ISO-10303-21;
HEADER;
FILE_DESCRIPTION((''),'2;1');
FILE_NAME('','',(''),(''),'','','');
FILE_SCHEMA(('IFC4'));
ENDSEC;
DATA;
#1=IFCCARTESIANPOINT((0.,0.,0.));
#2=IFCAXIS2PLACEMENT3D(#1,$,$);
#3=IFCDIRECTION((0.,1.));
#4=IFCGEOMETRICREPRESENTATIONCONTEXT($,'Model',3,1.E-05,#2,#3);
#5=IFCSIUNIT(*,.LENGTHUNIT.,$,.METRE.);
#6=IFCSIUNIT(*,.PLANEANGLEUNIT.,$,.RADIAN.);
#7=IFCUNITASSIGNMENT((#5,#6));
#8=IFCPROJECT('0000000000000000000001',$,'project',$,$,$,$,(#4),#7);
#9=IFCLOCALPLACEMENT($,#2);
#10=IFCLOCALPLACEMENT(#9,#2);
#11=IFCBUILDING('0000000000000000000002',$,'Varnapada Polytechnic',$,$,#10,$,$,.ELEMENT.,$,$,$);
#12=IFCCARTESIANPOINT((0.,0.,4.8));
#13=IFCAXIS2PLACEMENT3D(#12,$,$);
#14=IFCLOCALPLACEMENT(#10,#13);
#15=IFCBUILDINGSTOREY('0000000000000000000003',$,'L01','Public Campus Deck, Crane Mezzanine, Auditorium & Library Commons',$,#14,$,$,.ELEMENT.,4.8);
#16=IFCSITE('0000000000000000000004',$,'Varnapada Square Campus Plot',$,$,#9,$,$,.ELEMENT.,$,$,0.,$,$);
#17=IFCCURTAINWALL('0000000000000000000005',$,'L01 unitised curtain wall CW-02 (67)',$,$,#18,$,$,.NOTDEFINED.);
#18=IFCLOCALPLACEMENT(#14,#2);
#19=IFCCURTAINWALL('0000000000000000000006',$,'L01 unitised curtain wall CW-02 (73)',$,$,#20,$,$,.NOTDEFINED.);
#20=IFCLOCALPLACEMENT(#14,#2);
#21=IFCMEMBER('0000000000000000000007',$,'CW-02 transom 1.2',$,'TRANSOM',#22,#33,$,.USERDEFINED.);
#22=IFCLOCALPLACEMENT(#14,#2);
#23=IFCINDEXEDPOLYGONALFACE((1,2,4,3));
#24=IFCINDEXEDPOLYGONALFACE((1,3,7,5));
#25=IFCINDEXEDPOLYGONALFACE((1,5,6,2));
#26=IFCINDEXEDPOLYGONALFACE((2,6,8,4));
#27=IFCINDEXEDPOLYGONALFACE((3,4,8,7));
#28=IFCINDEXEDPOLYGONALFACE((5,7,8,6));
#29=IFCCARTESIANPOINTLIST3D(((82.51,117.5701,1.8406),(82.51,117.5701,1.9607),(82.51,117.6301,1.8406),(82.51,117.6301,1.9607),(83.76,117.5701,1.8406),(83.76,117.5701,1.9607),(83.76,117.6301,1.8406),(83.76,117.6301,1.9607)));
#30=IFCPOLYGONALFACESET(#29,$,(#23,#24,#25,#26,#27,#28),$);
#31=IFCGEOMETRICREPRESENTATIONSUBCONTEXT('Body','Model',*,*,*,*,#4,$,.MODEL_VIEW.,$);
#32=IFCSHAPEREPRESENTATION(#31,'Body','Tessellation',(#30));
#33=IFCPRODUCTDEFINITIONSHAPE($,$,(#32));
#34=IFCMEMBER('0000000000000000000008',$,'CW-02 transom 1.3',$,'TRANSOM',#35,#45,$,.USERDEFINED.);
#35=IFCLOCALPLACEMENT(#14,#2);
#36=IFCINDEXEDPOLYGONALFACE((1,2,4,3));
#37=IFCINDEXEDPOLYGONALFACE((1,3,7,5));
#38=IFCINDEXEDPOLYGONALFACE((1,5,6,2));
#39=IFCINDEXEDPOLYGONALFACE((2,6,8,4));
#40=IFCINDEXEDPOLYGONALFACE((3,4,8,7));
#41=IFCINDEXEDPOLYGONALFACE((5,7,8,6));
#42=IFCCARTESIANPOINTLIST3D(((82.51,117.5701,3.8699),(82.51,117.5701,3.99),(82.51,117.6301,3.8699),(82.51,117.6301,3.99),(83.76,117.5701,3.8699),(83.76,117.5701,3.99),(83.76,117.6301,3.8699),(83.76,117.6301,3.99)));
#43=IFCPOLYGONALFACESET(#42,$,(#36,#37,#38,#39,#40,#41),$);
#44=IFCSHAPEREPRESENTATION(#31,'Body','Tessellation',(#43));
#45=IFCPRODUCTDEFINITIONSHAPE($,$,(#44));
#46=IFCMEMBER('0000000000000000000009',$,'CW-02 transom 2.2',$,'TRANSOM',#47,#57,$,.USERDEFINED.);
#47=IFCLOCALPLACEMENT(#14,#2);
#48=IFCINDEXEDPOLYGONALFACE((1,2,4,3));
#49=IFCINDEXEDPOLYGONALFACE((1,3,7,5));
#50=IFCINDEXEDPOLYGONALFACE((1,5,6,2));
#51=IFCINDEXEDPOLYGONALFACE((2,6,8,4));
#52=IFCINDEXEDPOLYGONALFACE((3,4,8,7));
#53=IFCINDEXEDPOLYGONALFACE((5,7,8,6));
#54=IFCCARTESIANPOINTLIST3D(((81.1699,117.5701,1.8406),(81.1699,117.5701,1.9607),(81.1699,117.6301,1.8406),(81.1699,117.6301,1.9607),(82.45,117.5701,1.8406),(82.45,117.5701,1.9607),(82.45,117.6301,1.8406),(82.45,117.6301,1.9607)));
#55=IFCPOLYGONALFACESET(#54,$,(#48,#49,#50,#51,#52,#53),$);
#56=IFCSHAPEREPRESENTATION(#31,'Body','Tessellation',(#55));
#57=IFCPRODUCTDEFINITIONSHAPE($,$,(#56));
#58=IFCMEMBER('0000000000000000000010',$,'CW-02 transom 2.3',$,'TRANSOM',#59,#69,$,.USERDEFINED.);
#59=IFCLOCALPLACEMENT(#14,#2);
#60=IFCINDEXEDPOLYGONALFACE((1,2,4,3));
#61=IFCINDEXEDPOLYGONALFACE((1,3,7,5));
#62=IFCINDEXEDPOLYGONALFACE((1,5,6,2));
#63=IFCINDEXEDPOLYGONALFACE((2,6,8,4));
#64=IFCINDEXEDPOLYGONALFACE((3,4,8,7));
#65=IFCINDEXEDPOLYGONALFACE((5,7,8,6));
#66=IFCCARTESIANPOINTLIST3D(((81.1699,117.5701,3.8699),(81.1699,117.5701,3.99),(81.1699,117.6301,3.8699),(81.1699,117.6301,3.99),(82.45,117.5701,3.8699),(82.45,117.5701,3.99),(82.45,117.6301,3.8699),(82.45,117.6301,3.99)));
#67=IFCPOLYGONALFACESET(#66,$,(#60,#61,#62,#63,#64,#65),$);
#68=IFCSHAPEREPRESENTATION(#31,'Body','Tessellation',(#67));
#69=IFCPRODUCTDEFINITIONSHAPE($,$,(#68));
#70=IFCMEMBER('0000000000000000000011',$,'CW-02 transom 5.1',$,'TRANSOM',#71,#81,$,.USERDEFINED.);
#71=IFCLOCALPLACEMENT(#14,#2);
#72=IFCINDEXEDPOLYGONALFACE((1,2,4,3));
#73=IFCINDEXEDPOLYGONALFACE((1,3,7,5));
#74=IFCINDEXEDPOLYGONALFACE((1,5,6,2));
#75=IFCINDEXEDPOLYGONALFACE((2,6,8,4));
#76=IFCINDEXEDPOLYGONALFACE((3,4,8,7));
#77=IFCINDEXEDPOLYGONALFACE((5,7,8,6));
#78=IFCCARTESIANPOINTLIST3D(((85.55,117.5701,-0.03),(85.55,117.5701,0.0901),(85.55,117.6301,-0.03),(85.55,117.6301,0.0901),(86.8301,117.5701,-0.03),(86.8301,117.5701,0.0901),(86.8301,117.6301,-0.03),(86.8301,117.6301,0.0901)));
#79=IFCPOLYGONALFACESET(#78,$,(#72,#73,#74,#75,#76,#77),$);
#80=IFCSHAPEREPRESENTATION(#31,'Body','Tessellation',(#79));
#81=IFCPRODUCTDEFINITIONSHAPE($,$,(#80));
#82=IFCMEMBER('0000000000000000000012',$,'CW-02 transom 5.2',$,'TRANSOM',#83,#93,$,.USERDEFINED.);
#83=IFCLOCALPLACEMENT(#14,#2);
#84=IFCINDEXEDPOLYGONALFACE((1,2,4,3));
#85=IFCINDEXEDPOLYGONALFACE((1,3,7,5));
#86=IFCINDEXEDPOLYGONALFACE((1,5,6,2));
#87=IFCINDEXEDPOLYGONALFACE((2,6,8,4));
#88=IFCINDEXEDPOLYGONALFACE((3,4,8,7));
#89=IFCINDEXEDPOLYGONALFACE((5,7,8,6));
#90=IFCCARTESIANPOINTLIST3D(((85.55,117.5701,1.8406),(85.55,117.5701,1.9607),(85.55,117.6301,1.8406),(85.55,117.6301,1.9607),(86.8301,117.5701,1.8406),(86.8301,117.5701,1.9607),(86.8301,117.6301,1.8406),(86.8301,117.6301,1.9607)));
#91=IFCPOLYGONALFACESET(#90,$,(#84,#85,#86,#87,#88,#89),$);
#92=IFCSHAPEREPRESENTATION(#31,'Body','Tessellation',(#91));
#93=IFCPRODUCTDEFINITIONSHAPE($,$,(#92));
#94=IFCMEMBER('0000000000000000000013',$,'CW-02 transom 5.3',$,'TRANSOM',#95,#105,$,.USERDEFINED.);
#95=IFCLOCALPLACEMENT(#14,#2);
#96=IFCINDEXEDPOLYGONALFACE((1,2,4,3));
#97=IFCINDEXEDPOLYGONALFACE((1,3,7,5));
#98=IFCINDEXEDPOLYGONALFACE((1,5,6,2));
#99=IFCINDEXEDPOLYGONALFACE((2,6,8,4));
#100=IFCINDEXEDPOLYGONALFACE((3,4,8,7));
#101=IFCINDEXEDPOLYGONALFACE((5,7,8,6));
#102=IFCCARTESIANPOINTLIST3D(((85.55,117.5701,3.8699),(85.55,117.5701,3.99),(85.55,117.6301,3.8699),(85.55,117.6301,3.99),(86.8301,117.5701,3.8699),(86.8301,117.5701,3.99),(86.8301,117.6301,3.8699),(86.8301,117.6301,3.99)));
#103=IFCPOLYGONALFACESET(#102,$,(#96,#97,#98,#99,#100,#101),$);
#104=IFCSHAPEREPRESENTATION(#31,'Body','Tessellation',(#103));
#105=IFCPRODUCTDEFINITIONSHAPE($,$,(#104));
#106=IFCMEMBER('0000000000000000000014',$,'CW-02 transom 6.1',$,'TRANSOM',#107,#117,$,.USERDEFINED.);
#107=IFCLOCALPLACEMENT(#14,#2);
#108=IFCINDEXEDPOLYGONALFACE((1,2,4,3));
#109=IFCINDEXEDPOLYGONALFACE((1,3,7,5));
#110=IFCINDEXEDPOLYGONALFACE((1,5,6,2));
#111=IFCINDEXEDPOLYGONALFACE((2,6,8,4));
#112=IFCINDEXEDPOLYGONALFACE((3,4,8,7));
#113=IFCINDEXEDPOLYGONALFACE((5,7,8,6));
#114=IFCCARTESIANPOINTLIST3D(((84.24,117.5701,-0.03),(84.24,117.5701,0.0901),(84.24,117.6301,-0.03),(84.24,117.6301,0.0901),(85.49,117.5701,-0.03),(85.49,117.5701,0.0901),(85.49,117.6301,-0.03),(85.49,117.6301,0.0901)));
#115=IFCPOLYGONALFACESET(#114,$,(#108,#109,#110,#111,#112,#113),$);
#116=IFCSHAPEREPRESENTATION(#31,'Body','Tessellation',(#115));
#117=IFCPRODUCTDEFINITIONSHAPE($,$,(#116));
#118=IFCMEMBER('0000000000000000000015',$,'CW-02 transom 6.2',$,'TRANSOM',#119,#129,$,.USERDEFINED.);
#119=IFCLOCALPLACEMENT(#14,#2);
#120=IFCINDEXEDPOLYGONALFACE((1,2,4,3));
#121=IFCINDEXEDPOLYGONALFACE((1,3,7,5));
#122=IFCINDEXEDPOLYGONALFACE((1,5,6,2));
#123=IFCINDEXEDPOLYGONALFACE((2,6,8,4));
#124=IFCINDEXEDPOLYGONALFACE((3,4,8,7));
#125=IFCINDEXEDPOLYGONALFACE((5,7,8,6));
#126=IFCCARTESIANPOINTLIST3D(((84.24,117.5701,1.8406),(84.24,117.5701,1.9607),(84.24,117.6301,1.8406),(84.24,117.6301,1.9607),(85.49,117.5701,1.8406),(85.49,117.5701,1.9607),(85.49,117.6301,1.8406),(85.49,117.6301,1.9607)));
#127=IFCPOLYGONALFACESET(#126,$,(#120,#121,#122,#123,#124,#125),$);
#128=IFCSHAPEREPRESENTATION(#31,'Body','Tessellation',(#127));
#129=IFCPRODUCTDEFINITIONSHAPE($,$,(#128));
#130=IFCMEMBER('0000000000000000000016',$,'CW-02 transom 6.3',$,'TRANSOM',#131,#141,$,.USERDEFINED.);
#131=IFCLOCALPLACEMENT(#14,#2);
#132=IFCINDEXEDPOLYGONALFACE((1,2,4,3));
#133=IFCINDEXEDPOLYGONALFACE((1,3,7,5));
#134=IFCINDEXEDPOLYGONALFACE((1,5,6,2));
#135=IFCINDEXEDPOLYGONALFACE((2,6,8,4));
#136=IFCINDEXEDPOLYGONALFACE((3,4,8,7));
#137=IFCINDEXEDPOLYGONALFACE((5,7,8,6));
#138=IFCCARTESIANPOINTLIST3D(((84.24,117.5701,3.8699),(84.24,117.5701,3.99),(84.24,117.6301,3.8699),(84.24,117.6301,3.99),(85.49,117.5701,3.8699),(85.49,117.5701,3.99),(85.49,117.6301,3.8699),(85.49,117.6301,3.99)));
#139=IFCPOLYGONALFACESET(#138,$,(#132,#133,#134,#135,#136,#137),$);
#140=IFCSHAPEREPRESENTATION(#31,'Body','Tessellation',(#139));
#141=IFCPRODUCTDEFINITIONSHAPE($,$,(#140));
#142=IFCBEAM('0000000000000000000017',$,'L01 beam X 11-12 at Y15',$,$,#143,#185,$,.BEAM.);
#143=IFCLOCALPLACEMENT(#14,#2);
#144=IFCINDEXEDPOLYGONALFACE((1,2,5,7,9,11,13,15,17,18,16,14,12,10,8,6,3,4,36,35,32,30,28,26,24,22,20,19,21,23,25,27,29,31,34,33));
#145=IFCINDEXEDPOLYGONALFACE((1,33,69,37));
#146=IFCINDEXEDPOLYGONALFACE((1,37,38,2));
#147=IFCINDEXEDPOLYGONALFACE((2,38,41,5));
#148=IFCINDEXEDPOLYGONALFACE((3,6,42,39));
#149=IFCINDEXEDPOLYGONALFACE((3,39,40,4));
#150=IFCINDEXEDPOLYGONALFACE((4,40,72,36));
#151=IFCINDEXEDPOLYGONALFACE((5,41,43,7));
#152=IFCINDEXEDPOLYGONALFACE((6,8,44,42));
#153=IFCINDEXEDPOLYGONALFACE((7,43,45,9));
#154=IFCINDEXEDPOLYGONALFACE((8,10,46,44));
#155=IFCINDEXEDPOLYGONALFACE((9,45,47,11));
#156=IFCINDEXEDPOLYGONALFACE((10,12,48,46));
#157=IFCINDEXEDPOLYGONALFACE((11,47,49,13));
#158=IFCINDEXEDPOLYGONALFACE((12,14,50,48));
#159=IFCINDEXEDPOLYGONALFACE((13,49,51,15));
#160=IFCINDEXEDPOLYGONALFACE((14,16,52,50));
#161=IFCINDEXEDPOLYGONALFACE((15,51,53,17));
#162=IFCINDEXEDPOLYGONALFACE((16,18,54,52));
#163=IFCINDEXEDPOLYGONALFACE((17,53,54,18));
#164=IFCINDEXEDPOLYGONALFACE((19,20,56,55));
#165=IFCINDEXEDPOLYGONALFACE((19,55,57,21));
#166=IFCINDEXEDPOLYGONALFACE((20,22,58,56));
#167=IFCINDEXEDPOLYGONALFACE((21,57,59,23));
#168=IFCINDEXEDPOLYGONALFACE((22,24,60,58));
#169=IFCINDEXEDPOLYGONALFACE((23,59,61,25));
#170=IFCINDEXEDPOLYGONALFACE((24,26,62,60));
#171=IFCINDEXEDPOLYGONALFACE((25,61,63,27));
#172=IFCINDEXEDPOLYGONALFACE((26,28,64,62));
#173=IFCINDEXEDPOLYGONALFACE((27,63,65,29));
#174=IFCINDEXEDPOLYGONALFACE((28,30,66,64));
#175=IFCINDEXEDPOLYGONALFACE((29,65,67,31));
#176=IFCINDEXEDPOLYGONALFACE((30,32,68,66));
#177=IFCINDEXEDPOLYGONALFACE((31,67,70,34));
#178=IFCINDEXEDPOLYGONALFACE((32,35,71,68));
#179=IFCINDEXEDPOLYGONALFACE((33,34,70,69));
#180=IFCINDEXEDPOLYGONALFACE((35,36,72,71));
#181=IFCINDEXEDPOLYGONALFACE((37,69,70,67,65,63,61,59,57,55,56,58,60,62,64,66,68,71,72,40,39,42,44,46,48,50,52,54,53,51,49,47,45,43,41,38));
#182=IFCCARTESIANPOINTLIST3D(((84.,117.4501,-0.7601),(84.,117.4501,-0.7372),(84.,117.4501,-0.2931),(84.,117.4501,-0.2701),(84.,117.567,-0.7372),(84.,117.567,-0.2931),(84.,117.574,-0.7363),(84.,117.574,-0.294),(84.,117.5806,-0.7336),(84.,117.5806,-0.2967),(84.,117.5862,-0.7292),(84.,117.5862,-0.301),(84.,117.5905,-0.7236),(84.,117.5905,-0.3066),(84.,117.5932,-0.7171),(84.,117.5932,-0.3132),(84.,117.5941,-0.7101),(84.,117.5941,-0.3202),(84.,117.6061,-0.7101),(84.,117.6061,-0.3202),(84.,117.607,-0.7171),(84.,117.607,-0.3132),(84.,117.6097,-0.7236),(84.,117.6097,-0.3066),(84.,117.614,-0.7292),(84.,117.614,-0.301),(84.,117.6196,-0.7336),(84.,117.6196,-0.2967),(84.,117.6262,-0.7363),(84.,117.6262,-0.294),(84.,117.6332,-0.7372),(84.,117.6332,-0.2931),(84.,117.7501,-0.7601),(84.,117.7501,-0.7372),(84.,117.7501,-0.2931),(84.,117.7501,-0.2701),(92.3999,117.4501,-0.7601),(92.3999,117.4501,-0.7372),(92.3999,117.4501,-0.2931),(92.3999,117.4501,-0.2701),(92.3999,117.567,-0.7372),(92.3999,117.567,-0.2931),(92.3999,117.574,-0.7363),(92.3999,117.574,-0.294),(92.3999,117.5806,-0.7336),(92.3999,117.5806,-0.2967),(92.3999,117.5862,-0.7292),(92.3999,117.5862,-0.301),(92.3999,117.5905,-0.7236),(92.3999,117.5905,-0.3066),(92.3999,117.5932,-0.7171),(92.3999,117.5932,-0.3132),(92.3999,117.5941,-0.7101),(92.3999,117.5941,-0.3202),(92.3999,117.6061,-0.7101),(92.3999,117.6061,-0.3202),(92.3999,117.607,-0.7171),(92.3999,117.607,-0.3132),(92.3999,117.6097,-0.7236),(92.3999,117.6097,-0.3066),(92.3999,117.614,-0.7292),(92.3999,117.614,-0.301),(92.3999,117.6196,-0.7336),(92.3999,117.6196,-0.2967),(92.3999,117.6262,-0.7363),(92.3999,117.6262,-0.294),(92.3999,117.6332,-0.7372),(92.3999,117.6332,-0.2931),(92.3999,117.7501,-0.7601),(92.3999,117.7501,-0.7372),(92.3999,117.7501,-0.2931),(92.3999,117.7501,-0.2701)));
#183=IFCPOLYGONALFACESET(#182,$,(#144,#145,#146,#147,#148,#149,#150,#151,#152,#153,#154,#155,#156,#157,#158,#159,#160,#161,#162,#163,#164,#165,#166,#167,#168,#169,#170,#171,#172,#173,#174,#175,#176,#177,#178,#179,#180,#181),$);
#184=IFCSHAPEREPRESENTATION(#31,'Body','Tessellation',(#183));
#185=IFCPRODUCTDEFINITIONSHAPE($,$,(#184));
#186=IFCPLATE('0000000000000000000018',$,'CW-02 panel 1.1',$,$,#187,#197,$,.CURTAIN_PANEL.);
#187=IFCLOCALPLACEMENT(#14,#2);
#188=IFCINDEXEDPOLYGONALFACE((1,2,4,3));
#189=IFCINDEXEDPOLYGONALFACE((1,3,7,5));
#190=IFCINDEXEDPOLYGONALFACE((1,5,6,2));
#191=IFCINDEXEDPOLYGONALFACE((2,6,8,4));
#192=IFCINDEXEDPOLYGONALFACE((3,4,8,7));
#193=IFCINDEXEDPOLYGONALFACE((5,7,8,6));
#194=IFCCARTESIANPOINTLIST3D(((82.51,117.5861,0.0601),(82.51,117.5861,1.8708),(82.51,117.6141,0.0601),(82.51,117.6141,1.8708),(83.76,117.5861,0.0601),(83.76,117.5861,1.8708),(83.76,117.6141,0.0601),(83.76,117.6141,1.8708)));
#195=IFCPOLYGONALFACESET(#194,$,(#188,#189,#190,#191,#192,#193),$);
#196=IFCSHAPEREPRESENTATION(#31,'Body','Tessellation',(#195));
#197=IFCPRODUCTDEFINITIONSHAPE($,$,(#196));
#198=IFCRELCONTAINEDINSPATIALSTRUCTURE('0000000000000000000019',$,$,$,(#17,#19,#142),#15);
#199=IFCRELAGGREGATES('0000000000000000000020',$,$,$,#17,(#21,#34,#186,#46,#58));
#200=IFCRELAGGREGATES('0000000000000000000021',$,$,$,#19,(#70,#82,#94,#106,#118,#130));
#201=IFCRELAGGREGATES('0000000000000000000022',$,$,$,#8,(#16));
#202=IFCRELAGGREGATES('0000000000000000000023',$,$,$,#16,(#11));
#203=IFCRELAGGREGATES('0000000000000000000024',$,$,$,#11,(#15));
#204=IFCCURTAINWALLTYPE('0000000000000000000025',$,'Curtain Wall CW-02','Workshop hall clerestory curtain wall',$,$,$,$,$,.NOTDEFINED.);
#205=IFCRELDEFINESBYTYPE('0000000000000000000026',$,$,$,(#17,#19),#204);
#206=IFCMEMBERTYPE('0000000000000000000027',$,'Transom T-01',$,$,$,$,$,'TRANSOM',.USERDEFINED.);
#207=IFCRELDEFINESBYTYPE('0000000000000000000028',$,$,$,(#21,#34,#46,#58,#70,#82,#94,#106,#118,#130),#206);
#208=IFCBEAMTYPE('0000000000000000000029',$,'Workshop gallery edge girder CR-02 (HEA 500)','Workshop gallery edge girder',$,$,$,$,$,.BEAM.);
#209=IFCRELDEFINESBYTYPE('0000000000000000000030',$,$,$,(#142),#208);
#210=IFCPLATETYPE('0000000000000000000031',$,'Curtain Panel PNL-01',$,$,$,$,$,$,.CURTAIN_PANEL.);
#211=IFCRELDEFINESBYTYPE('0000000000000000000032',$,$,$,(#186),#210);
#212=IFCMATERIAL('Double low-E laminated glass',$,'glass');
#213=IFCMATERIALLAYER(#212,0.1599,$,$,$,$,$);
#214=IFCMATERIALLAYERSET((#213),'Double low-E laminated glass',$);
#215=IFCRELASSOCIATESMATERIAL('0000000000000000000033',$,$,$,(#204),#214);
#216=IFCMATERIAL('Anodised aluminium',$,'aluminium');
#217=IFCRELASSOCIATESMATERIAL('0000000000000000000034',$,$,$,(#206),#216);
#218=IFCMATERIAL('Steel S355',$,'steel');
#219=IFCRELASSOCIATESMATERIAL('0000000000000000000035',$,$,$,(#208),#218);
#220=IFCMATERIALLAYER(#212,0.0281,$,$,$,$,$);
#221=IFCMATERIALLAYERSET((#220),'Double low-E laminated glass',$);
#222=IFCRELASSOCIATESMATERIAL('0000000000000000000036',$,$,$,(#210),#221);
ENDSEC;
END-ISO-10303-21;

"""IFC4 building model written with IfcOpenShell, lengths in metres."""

from ifc_helpers import new_model, si_unit, direction, frame, origin, origin_2d, place, context, subcontext, project, spatial, rectangle, i_section, extrude, material, layer, layer_set, material_profile, profile_set, type_object, element, aggregate, save


model = new_model("IFC4")

# Units and contexts
model_context = context("Model", 3, precision=1e-05, world=origin(), true_north=direction((0.0, 1.0)))
body_context = subcontext(model_context, "Body", "Model", "MODEL_VIEW")
ifc_project = project(units=[si_unit("LENGTHUNIT", "METRE"), si_unit("PLANEANGLEUNIT", "RADIAN")], contexts=[model_context])

# Site, building, storey
site_placement = place(None, origin())
site = spatial("IfcSite", under=ifc_project, at=site_placement, Name="Varnapada Square Campus Plot", CompositionType="ELEMENT", RefElevation=0.0)
building_placement = place(site_placement, origin())
building = spatial("IfcBuilding", under=site, at=building_placement, Name="Varnapada Polytechnic", CompositionType="ELEMENT")
storey_placement = place(building_placement, frame((0.0, 0.0, 4.8)))
storey = spatial("IfcBuildingStorey", under=building, at=storey_placement, Name="L01", Description="Public Campus Deck, Crane Mezzanine, Auditorium & Library Commons", CompositionType="ELEMENT", Elevation=4.8)

# Shared definitions
ifc_material_1 = material(Name="Steel S355", Category="steel")

# Curtain walls
ifc_material_2 = material(Name="Double low-E laminated glass", Category="glass")
ifc_layer_1 = layer(ifc_material_2, 0.1599)
ifc_layer_set_1 = layer_set([ifc_layer_1], Name="Double low-E laminated glass")
curtain_wall_type = type_object("IfcCurtainWallType", Name="Curtain Wall CW-02", Description="Workshop hall clerestory curtain wall", PredefinedType="NOTDEFINED", material=ifc_layer_set_1)
curtain_wall_1_placement = place(storey_placement, origin())
curtain_wall_1 = element("IfcCurtainWall", 1, at=curtain_wall_1_placement, inside=storey, type_object=curtain_wall_type, Name="L01 unitised curtain wall CW-02 (67)", PredefinedType="NOTDEFINED")
ifc_material_3 = material(Name="Anodised aluminium", Category="aluminium")
curtain_wall_2_placement = place(storey_placement, origin())
curtain_wall_2 = element("IfcCurtainWall", 2, at=curtain_wall_2_placement, inside=storey, type_object=curtain_wall_type, Name="L01 unitised curtain wall CW-02 (73)", PredefinedType="NOTDEFINED")

# Members
ifc_material_profile_1 = material_profile(ifc_material_3, rectangle(XDim=0.0601, YDim=0.1201, at=origin_2d()), Name="ALU T60x120")
ifc_profile_set_1 = profile_set([ifc_material_profile_1], Name="Anodised aluminium")
member_type_1 = type_object("IfcMemberType", Name="Transom T-01", ElementType="TRANSOM", PredefinedType="USERDEFINED", material=ifc_profile_set_1)
member_1_placement = place(storey_placement, frame((83.76, 117.6001, 1.9006), z_axis=(-1.0, 0.0, 0.0), x_axis=(0.0, -1.0, 0.0)))
member_1 = element("IfcMember", 3, at=member_1_placement, type_object=member_type_1, Name="CW-02 transom 1.2", ObjectType="TRANSOM", PredefinedType="USERDEFINED", context=body_context, shape_type="SweptSolid", body=[
    extrude(rectangle(XDim=0.0601, YDim=0.1201, at=origin_2d()), origin(), (0.0, 0.0, 1.0), 1.25),
])
member_2_placement = place(storey_placement, frame((83.76, 117.6001, 3.9299), z_axis=(-1.0, 0.0, 0.0), x_axis=(0.0, -1.0, 0.0)))
member_2 = element("IfcMember", 4, at=member_2_placement, type_object=member_type_1, Name="CW-02 transom 1.3", ObjectType="TRANSOM", PredefinedType="USERDEFINED", context=body_context, shape_type="SweptSolid", body=[
    extrude(rectangle(XDim=0.0601, YDim=0.1201, at=origin_2d()), origin(), (0.0, 0.0, 1.0), 1.25),
])
member_3_placement = place(storey_placement, frame((82.45, 117.6001, 1.9006), z_axis=(-1.0, 0.0, 0.0), x_axis=(0.0, -1.0, 0.0)))
member_3 = element("IfcMember", 5, at=member_3_placement, type_object=member_type_1, Name="CW-02 transom 2.2", ObjectType="TRANSOM", PredefinedType="USERDEFINED", context=body_context, shape_type="SweptSolid", body=[
    extrude(rectangle(XDim=0.0601, YDim=0.1201, at=origin_2d()), origin(), (0.0, 0.0, 1.0), 1.28),
])
member_4_placement = place(storey_placement, frame((82.45, 117.6001, 3.9299), z_axis=(-1.0, 0.0, 0.0), x_axis=(0.0, -1.0, 0.0)))
member_4 = element("IfcMember", 6, at=member_4_placement, type_object=member_type_1, Name="CW-02 transom 2.3", ObjectType="TRANSOM", PredefinedType="USERDEFINED", context=body_context, shape_type="SweptSolid", body=[
    extrude(rectangle(XDim=0.0601, YDim=0.1201, at=origin_2d()), origin(), (0.0, 0.0, 1.0), 1.28),
])
member_5_placement = place(storey_placement, frame((86.8301, 117.6001, 0.03), z_axis=(-1.0, 0.0, 0.0), x_axis=(0.0, -1.0, 0.0)))
member_5 = element("IfcMember", 7, at=member_5_placement, type_object=member_type_1, Name="CW-02 transom 5.1", ObjectType="TRANSOM", PredefinedType="USERDEFINED", context=body_context, shape_type="SweptSolid", body=[
    extrude(rectangle(XDim=0.0601, YDim=0.1201, at=origin_2d()), origin(), (0.0, 0.0, 1.0), 1.28),
])
member_6_placement = place(storey_placement, frame((86.8301, 117.6001, 1.9006), z_axis=(-1.0, 0.0, 0.0), x_axis=(0.0, -1.0, 0.0)))
member_6 = element("IfcMember", 8, at=member_6_placement, type_object=member_type_1, Name="CW-02 transom 5.2", ObjectType="TRANSOM", PredefinedType="USERDEFINED", context=body_context, shape_type="SweptSolid", body=[
    extrude(rectangle(XDim=0.0601, YDim=0.1201, at=origin_2d()), origin(), (0.0, 0.0, 1.0), 1.28),
])
member_7_placement = place(storey_placement, frame((86.8301, 117.6001, 3.9299), z_axis=(-1.0, 0.0, 0.0), x_axis=(0.0, -1.0, 0.0)))
member_7 = element("IfcMember", 9, at=member_7_placement, type_object=member_type_1, Name="CW-02 transom 5.3", ObjectType="TRANSOM", PredefinedType="USERDEFINED", context=body_context, shape_type="SweptSolid", body=[
    extrude(rectangle(XDim=0.0601, YDim=0.1201, at=origin_2d()), origin(), (0.0, 0.0, 1.0), 1.28),
])
member_8_placement = place(storey_placement, frame((85.49, 117.6001, 0.03), z_axis=(-1.0, 0.0, 0.0), x_axis=(0.0, -1.0, 0.0)))
member_8 = element("IfcMember", 10, at=member_8_placement, type_object=member_type_1, Name="CW-02 transom 6.1", ObjectType="TRANSOM", PredefinedType="USERDEFINED", context=body_context, shape_type="SweptSolid", body=[
    extrude(rectangle(XDim=0.0601, YDim=0.1201, at=origin_2d()), origin(), (0.0, 0.0, 1.0), 1.25),
])
member_9_placement = place(storey_placement, frame((85.49, 117.6001, 1.9006), z_axis=(-1.0, 0.0, 0.0), x_axis=(0.0, -1.0, 0.0)))
member_9 = element("IfcMember", 11, at=member_9_placement, type_object=member_type_1, Name="CW-02 transom 6.2", ObjectType="TRANSOM", PredefinedType="USERDEFINED", context=body_context, shape_type="SweptSolid", body=[
    extrude(rectangle(XDim=0.0601, YDim=0.1201, at=origin_2d()), origin(), (0.0, 0.0, 1.0), 1.25),
])
member_10_placement = place(storey_placement, frame((85.49, 117.6001, 3.9299), z_axis=(-1.0, 0.0, 0.0), x_axis=(0.0, -1.0, 0.0)))
member_10 = element("IfcMember", 12, at=member_10_placement, type_object=member_type_1, Name="CW-02 transom 6.3", ObjectType="TRANSOM", PredefinedType="USERDEFINED", context=body_context, shape_type="SweptSolid", body=[
    extrude(rectangle(XDim=0.0601, YDim=0.1201, at=origin_2d()), origin(), (0.0, 0.0, 1.0), 1.25),
])

# Beam
ifc_material_profile_2 = material_profile(ifc_material_1, i_section(OverallWidth=0.3, OverallDepth=0.49, WebThickness=0.012, FlangeThickness=0.0229, FilletRadius=0.0271, at=origin_2d()), Name="HEA 500")
ifc_profile_set_2 = profile_set([ifc_material_profile_2], Name="Steel S355")
beam_type_1 = type_object("IfcBeamType", Name="Workshop gallery edge girder CR-02 (HEA 500)", Description="Workshop gallery edge girder", PredefinedType="BEAM", material=ifc_profile_set_2)
beam_1_placement = place(storey_placement, frame((84.0, 117.6001, -0.5151), z_axis=(1.0, 0.0, 0.0), x_axis=(0.0, 1.0, 0.0)))
element("IfcBeam", 13, at=beam_1_placement, inside=storey, type_object=beam_type_1, Name="L01 beam X 11-12 at Y15", PredefinedType="BEAM", context=body_context, shape_type="SweptSolid", body=[
    extrude(i_section(OverallWidth=0.3, OverallDepth=0.49, WebThickness=0.012, FlangeThickness=0.0229, FilletRadius=0.0271, at=origin_2d()), origin(), (0.0, 0.0, 1.0), 8.3999),
])

# Plate
ifc_layer_2 = layer(ifc_material_2, 0.0281)
ifc_layer_set_2 = layer_set([ifc_layer_2], Name="Double low-E laminated glass")
plate_type_1 = type_object("IfcPlateType", Name="Curtain Panel PNL-01", PredefinedType="CURTAIN_PANEL", material=ifc_layer_set_2)
plate_1_placement = place(storey_placement, frame((83.135, 117.6001, 0.0601), z_axis=(0.0, 0.0, 1.0), x_axis=(-1.0, 0.0, 0.0)))
plate_1 = element("IfcPlate", 14, at=plate_1_placement, type_object=plate_type_1, Name="CW-02 panel 1.1", PredefinedType="CURTAIN_PANEL", context=body_context, shape_type="SweptSolid", body=[
    extrude(rectangle(XDim=1.25, YDim=0.0281, at=origin_2d()), origin(), (0.0, 0.0, 1.0), 1.8108),
])
aggregate(curtain_wall_1, [member_1, member_2, plate_1, member_3, member_4])
aggregate(curtain_wall_2, [member_5, member_6, member_7, member_8, member_9, member_10])

save(model, "model.ifc")
